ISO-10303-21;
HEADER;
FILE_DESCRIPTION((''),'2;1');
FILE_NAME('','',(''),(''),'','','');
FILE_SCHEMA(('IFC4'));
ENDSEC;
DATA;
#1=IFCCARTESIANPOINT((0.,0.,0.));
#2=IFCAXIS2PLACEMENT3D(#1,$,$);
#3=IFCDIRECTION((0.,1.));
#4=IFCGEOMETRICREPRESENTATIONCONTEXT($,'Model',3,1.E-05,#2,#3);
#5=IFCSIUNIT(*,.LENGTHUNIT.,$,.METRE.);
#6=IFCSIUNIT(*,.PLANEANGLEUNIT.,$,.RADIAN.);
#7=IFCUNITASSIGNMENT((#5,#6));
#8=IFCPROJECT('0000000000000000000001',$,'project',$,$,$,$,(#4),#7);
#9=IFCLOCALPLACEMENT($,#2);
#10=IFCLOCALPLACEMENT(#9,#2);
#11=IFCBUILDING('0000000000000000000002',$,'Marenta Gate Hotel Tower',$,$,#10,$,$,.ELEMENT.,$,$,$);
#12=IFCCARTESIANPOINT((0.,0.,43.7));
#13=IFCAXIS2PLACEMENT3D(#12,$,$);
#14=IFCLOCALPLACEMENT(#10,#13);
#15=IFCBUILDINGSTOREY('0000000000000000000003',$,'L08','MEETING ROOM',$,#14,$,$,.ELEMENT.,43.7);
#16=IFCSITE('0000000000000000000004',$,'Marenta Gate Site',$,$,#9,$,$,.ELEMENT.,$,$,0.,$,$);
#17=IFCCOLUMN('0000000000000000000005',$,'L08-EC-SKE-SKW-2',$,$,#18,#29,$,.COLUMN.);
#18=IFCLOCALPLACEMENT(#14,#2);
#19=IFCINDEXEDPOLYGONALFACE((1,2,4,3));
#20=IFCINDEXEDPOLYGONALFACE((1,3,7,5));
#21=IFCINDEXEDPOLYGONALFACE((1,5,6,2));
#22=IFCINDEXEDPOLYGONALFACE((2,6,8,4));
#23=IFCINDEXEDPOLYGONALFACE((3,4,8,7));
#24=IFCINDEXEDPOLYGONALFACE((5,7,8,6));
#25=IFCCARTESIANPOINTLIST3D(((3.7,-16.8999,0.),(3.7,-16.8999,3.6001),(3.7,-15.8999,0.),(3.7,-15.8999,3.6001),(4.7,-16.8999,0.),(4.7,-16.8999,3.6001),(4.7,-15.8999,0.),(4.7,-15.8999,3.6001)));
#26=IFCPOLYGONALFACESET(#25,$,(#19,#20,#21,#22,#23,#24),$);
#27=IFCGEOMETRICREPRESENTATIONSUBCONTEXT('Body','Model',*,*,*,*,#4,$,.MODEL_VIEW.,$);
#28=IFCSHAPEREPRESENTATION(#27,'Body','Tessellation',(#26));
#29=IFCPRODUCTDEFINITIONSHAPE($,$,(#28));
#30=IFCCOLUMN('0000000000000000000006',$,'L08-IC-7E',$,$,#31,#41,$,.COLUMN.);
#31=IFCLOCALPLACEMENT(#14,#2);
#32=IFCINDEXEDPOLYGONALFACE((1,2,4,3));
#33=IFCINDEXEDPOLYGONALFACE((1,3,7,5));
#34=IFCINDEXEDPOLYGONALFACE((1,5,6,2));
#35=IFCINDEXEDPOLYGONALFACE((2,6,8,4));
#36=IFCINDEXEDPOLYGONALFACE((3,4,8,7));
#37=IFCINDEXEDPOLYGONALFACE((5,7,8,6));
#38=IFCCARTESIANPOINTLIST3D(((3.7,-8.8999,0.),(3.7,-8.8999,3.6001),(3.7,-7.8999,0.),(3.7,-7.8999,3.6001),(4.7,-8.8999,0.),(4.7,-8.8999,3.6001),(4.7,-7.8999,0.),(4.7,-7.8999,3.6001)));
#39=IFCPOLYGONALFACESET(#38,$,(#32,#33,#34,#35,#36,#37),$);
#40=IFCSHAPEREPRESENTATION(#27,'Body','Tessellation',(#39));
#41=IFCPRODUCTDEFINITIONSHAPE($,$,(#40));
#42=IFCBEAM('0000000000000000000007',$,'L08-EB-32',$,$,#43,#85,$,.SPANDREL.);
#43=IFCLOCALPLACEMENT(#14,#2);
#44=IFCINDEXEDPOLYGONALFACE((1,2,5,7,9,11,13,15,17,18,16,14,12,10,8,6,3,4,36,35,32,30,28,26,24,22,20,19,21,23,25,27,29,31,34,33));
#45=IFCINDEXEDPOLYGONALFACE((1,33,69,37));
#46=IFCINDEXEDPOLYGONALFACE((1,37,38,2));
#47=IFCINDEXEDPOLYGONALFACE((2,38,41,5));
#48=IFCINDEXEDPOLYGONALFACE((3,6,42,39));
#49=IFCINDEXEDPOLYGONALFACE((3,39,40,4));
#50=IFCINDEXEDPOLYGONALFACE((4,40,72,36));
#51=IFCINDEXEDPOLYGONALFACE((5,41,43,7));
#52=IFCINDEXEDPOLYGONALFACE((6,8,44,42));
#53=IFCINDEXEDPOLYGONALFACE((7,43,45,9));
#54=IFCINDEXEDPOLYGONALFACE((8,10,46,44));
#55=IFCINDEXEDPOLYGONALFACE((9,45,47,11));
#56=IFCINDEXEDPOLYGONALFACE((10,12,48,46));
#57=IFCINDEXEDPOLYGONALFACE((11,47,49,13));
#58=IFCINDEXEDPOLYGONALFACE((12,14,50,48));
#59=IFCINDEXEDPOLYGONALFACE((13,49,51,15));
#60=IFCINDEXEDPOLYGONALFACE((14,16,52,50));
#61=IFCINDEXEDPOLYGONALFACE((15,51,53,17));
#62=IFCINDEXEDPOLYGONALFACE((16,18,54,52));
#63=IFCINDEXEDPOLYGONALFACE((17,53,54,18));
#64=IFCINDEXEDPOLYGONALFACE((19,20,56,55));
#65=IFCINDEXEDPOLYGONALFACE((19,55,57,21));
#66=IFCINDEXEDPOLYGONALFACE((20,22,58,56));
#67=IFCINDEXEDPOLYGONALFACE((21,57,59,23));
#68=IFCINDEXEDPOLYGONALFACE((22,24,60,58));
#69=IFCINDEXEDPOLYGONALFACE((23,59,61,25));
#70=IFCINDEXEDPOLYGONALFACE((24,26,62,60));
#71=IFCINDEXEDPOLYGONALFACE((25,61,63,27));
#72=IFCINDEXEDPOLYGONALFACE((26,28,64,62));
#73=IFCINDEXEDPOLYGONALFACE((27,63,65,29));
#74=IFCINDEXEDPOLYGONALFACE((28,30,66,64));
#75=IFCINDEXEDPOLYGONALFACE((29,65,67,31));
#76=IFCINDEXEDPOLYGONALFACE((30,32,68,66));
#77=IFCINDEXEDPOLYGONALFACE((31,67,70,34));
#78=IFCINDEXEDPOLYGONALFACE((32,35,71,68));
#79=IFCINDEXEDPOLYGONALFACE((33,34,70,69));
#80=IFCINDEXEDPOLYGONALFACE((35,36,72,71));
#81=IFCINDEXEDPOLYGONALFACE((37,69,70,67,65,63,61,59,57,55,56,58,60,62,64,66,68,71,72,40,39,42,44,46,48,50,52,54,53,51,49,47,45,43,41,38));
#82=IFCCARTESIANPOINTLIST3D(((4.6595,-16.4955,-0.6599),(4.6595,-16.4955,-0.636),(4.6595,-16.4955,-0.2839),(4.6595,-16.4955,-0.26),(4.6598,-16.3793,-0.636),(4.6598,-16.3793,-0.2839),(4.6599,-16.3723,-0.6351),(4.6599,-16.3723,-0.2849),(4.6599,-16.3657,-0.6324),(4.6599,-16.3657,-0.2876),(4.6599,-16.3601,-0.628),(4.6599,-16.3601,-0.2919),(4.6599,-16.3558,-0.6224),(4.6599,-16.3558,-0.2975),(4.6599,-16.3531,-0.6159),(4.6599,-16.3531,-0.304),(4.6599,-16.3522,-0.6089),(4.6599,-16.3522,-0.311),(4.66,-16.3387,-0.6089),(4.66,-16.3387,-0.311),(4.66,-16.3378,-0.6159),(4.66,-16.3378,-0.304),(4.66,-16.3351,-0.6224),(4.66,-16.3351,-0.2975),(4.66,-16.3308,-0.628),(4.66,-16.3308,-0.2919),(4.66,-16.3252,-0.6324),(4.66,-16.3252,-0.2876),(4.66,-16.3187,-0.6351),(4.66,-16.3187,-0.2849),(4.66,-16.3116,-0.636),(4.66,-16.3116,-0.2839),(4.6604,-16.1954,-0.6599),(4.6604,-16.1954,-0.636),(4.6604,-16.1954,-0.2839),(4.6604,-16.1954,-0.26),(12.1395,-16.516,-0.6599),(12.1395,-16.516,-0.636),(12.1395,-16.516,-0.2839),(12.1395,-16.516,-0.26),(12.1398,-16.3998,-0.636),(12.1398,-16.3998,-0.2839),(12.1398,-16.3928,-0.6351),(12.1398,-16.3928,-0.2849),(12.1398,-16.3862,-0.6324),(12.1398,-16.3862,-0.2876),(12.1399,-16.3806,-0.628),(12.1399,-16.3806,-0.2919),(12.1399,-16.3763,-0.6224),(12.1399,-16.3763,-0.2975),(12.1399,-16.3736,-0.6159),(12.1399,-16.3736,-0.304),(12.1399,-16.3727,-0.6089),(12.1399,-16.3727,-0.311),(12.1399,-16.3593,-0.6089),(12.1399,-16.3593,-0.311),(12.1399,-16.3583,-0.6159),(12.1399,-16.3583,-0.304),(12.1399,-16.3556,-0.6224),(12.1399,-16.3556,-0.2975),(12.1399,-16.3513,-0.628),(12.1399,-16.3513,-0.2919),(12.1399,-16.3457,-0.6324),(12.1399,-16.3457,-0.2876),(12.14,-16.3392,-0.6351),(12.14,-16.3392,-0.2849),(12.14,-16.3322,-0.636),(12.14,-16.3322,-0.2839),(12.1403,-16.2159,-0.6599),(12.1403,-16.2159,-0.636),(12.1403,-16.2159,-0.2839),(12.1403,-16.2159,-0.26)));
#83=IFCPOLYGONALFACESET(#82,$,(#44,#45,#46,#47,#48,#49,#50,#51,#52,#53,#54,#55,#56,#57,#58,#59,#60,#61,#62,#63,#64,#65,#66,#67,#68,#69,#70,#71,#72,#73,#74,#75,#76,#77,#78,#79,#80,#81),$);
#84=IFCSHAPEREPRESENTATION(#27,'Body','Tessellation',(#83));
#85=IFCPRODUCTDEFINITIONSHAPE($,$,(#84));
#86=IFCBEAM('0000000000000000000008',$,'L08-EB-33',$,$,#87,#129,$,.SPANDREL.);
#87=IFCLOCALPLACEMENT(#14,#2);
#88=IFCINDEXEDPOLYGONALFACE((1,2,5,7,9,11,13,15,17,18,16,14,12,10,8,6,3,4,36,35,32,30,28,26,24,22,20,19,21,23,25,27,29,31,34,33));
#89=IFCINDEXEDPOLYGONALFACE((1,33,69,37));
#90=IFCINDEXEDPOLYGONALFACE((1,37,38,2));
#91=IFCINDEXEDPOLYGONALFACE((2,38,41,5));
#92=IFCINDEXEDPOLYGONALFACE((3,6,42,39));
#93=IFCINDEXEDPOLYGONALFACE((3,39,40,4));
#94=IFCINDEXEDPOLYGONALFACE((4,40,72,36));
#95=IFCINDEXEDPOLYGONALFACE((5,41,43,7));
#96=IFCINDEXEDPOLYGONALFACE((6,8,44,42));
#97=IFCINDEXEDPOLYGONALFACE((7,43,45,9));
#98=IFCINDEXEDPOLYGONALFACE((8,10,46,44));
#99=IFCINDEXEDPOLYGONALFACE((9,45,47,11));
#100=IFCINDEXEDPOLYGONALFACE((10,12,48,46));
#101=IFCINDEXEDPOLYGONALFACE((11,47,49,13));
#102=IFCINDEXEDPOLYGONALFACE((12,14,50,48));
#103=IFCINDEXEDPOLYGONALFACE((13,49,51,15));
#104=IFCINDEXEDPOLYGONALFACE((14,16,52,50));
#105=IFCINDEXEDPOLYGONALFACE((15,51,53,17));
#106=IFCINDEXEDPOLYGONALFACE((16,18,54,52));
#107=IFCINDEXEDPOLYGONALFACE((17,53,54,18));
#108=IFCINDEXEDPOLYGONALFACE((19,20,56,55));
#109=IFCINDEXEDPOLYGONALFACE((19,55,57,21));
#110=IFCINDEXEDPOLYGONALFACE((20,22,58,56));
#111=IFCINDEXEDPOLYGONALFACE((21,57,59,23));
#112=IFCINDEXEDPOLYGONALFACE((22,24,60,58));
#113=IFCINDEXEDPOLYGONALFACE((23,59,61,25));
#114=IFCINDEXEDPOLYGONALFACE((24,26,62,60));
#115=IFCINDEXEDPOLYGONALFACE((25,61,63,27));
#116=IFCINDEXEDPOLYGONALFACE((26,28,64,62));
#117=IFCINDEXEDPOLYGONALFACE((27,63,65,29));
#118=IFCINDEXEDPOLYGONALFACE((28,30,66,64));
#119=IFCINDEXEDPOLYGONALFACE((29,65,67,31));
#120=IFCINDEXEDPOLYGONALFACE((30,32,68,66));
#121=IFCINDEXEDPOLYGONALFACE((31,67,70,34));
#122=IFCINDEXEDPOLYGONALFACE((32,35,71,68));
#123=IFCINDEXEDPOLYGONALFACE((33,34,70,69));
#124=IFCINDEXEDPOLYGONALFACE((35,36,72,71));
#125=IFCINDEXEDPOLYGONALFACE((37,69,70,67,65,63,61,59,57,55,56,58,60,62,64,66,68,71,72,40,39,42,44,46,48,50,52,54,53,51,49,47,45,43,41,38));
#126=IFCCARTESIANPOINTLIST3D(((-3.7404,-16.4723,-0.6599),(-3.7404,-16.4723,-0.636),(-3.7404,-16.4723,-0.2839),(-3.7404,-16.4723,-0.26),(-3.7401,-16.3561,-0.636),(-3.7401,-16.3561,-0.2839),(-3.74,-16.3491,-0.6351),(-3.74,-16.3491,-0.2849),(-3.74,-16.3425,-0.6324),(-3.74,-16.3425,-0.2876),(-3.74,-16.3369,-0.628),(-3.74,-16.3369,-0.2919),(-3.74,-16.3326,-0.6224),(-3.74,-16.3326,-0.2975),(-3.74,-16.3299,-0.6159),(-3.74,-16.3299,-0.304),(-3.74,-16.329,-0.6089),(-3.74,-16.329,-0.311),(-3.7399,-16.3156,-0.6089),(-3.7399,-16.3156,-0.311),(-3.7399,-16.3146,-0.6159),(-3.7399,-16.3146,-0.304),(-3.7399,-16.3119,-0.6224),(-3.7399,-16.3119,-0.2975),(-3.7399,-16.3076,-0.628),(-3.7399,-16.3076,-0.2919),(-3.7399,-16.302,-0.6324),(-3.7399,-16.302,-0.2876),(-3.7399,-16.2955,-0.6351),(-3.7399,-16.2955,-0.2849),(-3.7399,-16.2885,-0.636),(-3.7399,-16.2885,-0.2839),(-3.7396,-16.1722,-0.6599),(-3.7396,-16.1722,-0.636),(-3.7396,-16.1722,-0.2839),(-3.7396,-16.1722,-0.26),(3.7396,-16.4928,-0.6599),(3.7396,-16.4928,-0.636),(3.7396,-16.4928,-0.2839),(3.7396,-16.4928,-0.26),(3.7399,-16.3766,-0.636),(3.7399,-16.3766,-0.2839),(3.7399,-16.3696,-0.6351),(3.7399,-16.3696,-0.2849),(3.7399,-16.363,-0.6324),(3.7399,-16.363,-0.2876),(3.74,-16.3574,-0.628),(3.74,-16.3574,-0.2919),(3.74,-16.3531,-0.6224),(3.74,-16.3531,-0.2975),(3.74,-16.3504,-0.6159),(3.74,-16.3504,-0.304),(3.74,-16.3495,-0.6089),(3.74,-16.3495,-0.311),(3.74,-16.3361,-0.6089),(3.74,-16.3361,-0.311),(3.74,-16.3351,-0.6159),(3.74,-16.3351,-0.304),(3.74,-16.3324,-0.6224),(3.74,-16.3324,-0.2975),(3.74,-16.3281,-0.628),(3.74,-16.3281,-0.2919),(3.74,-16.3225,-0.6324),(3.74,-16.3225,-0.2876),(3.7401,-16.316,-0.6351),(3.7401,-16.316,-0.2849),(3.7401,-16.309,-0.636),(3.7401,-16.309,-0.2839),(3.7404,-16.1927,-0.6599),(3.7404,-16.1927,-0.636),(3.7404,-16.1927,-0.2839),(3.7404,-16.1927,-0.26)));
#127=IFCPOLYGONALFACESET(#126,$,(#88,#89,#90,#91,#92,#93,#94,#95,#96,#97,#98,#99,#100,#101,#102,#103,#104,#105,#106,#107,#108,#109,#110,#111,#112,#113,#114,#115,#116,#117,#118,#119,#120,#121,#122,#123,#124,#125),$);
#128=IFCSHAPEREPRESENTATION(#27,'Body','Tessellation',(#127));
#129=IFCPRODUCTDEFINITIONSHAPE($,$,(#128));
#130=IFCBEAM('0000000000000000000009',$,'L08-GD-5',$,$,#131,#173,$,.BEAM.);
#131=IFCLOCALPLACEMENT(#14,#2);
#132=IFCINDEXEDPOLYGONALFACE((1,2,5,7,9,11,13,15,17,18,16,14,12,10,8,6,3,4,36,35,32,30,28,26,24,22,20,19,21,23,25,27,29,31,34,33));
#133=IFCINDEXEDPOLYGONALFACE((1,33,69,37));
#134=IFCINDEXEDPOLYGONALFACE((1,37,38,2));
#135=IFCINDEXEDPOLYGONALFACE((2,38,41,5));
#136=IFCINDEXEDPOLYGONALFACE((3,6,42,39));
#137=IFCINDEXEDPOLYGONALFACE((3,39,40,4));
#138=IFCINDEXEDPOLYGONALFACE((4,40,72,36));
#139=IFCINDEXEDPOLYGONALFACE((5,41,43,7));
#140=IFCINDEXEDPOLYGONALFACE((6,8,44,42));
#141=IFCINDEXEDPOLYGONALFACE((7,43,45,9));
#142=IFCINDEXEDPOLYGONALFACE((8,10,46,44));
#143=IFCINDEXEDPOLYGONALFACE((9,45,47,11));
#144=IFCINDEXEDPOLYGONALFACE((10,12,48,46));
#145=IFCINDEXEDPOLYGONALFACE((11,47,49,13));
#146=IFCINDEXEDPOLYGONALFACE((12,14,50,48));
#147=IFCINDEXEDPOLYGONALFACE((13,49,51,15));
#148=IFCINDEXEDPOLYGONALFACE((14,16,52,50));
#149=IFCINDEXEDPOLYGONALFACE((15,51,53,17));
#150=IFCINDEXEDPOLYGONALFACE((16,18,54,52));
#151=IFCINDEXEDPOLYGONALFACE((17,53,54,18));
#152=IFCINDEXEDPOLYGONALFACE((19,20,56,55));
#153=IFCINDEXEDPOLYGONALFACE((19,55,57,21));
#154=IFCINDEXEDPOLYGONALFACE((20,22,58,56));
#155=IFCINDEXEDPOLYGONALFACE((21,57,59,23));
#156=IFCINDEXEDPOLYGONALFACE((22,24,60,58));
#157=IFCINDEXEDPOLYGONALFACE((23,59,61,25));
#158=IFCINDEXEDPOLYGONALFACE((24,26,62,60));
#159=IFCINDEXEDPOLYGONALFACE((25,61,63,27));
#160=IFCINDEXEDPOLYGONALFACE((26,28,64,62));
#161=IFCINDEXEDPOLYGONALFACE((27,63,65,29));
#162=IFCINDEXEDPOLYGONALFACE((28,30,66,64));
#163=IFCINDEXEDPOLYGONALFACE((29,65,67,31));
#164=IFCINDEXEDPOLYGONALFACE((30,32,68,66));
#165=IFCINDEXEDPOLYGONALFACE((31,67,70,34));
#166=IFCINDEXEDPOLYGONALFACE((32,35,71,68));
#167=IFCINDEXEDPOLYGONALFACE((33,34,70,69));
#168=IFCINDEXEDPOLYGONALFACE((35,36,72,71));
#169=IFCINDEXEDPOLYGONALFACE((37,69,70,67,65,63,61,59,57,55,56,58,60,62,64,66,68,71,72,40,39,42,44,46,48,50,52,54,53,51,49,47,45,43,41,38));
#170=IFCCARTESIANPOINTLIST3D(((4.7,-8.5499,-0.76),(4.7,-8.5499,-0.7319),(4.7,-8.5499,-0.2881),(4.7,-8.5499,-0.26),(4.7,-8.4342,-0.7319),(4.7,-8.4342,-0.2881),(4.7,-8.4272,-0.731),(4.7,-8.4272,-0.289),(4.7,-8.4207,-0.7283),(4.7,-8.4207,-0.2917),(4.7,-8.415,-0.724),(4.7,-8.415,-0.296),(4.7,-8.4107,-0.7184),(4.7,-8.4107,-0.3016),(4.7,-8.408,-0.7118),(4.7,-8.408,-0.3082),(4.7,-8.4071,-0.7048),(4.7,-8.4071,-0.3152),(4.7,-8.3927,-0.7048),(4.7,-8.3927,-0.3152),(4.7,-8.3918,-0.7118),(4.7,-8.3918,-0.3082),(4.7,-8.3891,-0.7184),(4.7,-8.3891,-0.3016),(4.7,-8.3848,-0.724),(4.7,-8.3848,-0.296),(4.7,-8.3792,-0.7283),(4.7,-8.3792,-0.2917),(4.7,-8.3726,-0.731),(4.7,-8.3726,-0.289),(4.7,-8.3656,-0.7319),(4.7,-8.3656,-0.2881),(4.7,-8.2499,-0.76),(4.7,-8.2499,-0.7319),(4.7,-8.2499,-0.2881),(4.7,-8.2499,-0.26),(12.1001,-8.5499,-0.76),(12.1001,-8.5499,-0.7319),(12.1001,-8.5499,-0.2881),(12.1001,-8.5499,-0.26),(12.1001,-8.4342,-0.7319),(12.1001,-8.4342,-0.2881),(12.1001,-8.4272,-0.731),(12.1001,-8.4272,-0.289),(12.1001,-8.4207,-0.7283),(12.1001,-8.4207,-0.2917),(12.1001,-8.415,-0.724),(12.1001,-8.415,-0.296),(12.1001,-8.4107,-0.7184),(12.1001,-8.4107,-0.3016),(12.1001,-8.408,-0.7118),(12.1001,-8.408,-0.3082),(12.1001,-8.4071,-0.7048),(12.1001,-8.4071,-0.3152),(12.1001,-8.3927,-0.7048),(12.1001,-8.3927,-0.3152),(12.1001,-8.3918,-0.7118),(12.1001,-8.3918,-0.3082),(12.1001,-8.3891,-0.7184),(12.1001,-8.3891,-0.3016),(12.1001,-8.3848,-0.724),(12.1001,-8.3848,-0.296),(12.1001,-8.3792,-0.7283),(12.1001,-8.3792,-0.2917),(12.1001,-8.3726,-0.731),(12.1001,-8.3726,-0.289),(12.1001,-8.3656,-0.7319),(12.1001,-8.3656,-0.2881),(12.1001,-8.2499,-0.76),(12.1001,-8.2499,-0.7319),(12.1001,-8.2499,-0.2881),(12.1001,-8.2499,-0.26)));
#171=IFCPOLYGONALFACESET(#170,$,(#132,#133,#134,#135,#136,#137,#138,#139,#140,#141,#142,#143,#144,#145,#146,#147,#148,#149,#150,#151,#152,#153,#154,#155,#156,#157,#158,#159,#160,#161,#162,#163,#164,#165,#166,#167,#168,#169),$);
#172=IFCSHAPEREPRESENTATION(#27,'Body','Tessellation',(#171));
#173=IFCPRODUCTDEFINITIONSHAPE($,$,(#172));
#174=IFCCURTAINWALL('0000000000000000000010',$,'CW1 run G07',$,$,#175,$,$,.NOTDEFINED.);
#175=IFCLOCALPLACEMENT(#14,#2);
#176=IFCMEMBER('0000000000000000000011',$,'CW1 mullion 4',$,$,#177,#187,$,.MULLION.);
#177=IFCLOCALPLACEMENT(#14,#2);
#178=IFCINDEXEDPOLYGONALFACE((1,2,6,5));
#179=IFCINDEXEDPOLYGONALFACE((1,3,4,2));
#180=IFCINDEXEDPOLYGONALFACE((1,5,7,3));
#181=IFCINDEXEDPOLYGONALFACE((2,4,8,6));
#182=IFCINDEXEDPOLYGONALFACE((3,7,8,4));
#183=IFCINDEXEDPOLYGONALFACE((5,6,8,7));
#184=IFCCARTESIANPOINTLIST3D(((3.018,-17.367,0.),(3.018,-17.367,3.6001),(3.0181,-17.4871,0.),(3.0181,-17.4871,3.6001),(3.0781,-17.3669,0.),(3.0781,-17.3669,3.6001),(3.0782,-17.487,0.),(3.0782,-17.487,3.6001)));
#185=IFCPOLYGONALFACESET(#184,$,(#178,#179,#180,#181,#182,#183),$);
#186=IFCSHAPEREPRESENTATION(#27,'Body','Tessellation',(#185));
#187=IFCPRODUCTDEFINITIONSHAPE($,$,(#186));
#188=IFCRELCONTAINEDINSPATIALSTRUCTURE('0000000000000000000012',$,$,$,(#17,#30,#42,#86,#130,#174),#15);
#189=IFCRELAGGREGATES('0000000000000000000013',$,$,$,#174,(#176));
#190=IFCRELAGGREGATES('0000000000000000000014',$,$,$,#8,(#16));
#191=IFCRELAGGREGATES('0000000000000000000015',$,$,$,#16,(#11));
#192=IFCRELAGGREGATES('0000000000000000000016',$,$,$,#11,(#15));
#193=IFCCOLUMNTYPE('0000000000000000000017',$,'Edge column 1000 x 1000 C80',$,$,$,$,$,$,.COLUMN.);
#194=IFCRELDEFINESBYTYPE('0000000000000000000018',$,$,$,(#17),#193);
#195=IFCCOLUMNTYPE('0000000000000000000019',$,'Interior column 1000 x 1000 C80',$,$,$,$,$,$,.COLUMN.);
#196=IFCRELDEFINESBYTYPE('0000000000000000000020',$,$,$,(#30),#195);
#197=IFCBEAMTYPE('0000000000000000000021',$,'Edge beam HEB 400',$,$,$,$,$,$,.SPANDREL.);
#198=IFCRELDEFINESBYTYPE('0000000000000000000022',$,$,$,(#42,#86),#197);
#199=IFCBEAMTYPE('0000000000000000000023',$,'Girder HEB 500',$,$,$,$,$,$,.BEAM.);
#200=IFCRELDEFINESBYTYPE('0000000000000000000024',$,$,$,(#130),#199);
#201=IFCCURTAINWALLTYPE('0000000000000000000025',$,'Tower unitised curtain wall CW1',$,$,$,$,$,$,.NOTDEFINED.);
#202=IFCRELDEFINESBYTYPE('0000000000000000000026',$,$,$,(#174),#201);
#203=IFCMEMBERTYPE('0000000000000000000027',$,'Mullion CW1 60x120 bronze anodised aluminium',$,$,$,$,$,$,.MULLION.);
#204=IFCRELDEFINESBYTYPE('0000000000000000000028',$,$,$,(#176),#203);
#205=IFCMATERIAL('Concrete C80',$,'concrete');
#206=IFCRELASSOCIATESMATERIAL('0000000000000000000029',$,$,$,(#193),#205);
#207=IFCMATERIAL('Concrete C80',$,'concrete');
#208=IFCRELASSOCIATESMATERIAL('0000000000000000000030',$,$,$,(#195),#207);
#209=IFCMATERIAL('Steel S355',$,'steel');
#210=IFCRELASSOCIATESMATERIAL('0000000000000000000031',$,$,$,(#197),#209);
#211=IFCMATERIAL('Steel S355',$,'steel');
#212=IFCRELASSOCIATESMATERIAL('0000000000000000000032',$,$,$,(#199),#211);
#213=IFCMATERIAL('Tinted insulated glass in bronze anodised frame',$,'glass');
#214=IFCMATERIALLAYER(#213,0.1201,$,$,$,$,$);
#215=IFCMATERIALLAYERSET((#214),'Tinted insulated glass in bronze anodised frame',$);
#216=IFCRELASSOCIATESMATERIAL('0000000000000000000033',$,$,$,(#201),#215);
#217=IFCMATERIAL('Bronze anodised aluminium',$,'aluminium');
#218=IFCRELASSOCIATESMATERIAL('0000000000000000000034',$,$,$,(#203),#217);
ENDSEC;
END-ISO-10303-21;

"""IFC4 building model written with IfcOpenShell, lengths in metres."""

from ifc_helpers import new_model, si_unit, direction, frame, origin, origin_2d, place, context, subcontext, project, spatial, rectangle, i_section, extrude, material, layer, layer_set, material_profile, profile_set, type_object, element, aggregate, save


model = new_model("IFC4")

# Units and contexts
model_context = context("Model", 3, precision=1e-05, world=origin(), true_north=direction((0.0, 1.0)))
body_context = subcontext(model_context, "Body", "Model", "MODEL_VIEW")
ifc_project = project(units=[si_unit("LENGTHUNIT", "METRE"), si_unit("PLANEANGLEUNIT", "RADIAN")], contexts=[model_context])

# Site, building, storey
site_placement = place(None, origin())
site = spatial("IfcSite", under=ifc_project, at=site_placement, Name="Marenta Gate Site", CompositionType="ELEMENT", RefElevation=0.0)
building_placement = place(site_placement, origin())
building = spatial("IfcBuilding", under=site, at=building_placement, Name="Marenta Gate Hotel Tower", CompositionType="ELEMENT")
storey_placement = place(building_placement, frame((0.0, 0.0, 43.7)))
storey = spatial("IfcBuildingStorey", under=building, at=storey_placement, Name="L08", Description="MEETING ROOM", CompositionType="ELEMENT", Elevation=43.7)

# Columns
ifc_material_1 = material(Name="Concrete C80", Category="concrete")
ifc_material_profile_1 = material_profile(ifc_material_1, rectangle(XDim=1.0, YDim=1.0, at=origin_2d()), Name="1000 x 1000")
ifc_profile_set_1 = profile_set([ifc_material_profile_1], Name="Concrete C80")
column_type_1 = type_object("IfcColumnType", Name="Edge column 1000 x 1000 C80", PredefinedType="COLUMN", material=ifc_profile_set_1)
column_1_placement = place(storey_placement, frame((4.2, -16.3999, 0.0), z_axis=(0.0, 0.0, 1.0), x_axis=(1.0, 0.0, 0.0)))
element("IfcColumn", 1, at=column_1_placement, inside=storey, type_object=column_type_1, Name="L08-EC-SKE-SKW-2", PredefinedType="COLUMN", context=body_context, shape_type="SweptSolid", body=[
    extrude(rectangle(XDim=1.0, YDim=1.0, at=origin_2d()), origin(), (0.0, 0.0, 1.0), 3.6001),
])
ifc_material_2 = material(Name="Concrete C80", Category="concrete")
ifc_material_profile_2 = material_profile(ifc_material_2, rectangle(XDim=1.0, YDim=1.0, at=origin_2d()), Name="1000 x 1000")
ifc_profile_set_2 = profile_set([ifc_material_profile_2], Name="Concrete C80")
column_type_2 = type_object("IfcColumnType", Name="Interior column 1000 x 1000 C80", PredefinedType="COLUMN", material=ifc_profile_set_2)
column_2_placement = place(storey_placement, frame((4.2, -8.3999, 0.0), z_axis=(0.0, 0.0, 1.0), x_axis=(1.0, 0.0, 0.0)))
element("IfcColumn", 2, at=column_2_placement, inside=storey, type_object=column_type_2, Name="L08-IC-7E", PredefinedType="COLUMN", context=body_context, shape_type="SweptSolid", body=[
    extrude(rectangle(XDim=1.0, YDim=1.0, at=origin_2d()), origin(), (0.0, 0.0, 1.0), 3.6001),
])

# Beams
ifc_material_3 = material(Name="Steel S355", Category="steel")
ifc_material_profile_3 = material_profile(ifc_material_3, i_section(OverallWidth=0.3, OverallDepth=0.3999, WebThickness=0.0134, FlangeThickness=0.0239, FilletRadius=0.0271, at=origin_2d()), Name="HEB 400")
ifc_profile_set_3 = profile_set([ifc_material_profile_3], Name="Steel S355")
beam_type_1 = type_object("IfcBeamType", Name="Edge beam HEB 400", PredefinedType="SPANDREL", material=ifc_profile_set_3)
for number, where, z_axis, x_axis, name in (
    (3, (12.1399, -16.366, -0.46), (-0.999996, 0.002742, 0.0), (-0.002742, -0.999996, 0.0), "L08-EB-32"),
    (4, (3.74, -16.3428, -0.46), (-0.999996, 0.002742, 0.0), (-0.002742, -0.999996, 0.0), "L08-EB-33"),
):
    element("IfcBeam", number, at=place(storey_placement, frame(where, z_axis=z_axis, x_axis=x_axis)), inside=storey, type_object=beam_type_1, Name=name, PredefinedType="SPANDREL", context=body_context, shape_type="SweptSolid", body=[
        extrude(i_section(OverallWidth=0.3, OverallDepth=0.3999, WebThickness=0.0134, FlangeThickness=0.0239, FilletRadius=0.0271, at=origin_2d()), origin(), (0.0, 0.0, 1.0), 7.48),
    ])
ifc_material_4 = material(Name="Steel S355", Category="steel")
ifc_material_profile_4 = material_profile(ifc_material_4, i_section(OverallWidth=0.3, OverallDepth=0.5, WebThickness=0.0144, FlangeThickness=0.0281, FilletRadius=0.0271, at=origin_2d()), Name="HEB 500")
ifc_profile_set_4 = profile_set([ifc_material_profile_4], Name="Steel S355")
beam_type_2 = type_object("IfcBeamType", Name="Girder HEB 500", PredefinedType="BEAM", material=ifc_profile_set_4)
beam_placement = place(storey_placement, frame((4.7, -8.3999, -0.51), z_axis=(1.0, 0.0, 0.0), x_axis=(0.0, 1.0, 0.0)))
element("IfcBeam", 5, at=beam_placement, inside=storey, type_object=beam_type_2, Name="L08-GD-5", PredefinedType="BEAM", context=body_context, shape_type="SweptSolid", body=[
    extrude(i_section(OverallWidth=0.3, OverallDepth=0.5, WebThickness=0.0144, FlangeThickness=0.0281, FilletRadius=0.0271, at=origin_2d()), origin(), (0.0, 0.0, 1.0), 7.4001),
])

# Curtain wall, member
ifc_material_5 = material(Name="Tinted insulated glass in bronze anodised frame", Category="glass")
ifc_layer_1 = layer(ifc_material_5, 0.1201)
ifc_layer_set_1 = layer_set([ifc_layer_1], Name="Tinted insulated glass in bronze anodised frame")
curtain_wall_type = type_object("IfcCurtainWallType", Name="Tower unitised curtain wall CW1", PredefinedType="NOTDEFINED", material=ifc_layer_set_1)
curtain_wall_placement = place(storey_placement, origin())
curtain_wall = element("IfcCurtainWall", 6, at=curtain_wall_placement, inside=storey, type_object=curtain_wall_type, Name="CW1 run G07", PredefinedType="NOTDEFINED")
ifc_material_6 = material(Name="Bronze anodised aluminium", Category="aluminium")
ifc_material_profile_5 = material_profile(ifc_material_6, rectangle(XDim=0.1201, YDim=0.0601, at=origin_2d()), Name="Mullion CW1 60x120 bronze anodised aluminium")
ifc_profile_set_5 = profile_set([ifc_material_profile_5], Name="Bronze anodised aluminium")
member_type_1 = type_object("IfcMemberType", Name="Mullion CW1 60x120 bronze anodised aluminium", PredefinedType="MULLION", material=ifc_profile_set_5)
member_1_placement = place(storey_placement, frame((3.0481, -17.427, 0.0), z_axis=(0.0, 0.0, 1.0), x_axis=(-0.001162, 0.999999, 0.0)))
member_1 = element("IfcMember", 7, at=member_1_placement, type_object=member_type_1, Name="CW1 mullion 4", PredefinedType="MULLION", context=body_context, shape_type="SweptSolid", body=[
    extrude(rectangle(XDim=0.1201, YDim=0.0601, at=origin_2d()), origin(), (0.0, 0.0, 1.0), 3.6001),
])
aggregate(curtain_wall, [member_1])

save(model, "model.ifc")
